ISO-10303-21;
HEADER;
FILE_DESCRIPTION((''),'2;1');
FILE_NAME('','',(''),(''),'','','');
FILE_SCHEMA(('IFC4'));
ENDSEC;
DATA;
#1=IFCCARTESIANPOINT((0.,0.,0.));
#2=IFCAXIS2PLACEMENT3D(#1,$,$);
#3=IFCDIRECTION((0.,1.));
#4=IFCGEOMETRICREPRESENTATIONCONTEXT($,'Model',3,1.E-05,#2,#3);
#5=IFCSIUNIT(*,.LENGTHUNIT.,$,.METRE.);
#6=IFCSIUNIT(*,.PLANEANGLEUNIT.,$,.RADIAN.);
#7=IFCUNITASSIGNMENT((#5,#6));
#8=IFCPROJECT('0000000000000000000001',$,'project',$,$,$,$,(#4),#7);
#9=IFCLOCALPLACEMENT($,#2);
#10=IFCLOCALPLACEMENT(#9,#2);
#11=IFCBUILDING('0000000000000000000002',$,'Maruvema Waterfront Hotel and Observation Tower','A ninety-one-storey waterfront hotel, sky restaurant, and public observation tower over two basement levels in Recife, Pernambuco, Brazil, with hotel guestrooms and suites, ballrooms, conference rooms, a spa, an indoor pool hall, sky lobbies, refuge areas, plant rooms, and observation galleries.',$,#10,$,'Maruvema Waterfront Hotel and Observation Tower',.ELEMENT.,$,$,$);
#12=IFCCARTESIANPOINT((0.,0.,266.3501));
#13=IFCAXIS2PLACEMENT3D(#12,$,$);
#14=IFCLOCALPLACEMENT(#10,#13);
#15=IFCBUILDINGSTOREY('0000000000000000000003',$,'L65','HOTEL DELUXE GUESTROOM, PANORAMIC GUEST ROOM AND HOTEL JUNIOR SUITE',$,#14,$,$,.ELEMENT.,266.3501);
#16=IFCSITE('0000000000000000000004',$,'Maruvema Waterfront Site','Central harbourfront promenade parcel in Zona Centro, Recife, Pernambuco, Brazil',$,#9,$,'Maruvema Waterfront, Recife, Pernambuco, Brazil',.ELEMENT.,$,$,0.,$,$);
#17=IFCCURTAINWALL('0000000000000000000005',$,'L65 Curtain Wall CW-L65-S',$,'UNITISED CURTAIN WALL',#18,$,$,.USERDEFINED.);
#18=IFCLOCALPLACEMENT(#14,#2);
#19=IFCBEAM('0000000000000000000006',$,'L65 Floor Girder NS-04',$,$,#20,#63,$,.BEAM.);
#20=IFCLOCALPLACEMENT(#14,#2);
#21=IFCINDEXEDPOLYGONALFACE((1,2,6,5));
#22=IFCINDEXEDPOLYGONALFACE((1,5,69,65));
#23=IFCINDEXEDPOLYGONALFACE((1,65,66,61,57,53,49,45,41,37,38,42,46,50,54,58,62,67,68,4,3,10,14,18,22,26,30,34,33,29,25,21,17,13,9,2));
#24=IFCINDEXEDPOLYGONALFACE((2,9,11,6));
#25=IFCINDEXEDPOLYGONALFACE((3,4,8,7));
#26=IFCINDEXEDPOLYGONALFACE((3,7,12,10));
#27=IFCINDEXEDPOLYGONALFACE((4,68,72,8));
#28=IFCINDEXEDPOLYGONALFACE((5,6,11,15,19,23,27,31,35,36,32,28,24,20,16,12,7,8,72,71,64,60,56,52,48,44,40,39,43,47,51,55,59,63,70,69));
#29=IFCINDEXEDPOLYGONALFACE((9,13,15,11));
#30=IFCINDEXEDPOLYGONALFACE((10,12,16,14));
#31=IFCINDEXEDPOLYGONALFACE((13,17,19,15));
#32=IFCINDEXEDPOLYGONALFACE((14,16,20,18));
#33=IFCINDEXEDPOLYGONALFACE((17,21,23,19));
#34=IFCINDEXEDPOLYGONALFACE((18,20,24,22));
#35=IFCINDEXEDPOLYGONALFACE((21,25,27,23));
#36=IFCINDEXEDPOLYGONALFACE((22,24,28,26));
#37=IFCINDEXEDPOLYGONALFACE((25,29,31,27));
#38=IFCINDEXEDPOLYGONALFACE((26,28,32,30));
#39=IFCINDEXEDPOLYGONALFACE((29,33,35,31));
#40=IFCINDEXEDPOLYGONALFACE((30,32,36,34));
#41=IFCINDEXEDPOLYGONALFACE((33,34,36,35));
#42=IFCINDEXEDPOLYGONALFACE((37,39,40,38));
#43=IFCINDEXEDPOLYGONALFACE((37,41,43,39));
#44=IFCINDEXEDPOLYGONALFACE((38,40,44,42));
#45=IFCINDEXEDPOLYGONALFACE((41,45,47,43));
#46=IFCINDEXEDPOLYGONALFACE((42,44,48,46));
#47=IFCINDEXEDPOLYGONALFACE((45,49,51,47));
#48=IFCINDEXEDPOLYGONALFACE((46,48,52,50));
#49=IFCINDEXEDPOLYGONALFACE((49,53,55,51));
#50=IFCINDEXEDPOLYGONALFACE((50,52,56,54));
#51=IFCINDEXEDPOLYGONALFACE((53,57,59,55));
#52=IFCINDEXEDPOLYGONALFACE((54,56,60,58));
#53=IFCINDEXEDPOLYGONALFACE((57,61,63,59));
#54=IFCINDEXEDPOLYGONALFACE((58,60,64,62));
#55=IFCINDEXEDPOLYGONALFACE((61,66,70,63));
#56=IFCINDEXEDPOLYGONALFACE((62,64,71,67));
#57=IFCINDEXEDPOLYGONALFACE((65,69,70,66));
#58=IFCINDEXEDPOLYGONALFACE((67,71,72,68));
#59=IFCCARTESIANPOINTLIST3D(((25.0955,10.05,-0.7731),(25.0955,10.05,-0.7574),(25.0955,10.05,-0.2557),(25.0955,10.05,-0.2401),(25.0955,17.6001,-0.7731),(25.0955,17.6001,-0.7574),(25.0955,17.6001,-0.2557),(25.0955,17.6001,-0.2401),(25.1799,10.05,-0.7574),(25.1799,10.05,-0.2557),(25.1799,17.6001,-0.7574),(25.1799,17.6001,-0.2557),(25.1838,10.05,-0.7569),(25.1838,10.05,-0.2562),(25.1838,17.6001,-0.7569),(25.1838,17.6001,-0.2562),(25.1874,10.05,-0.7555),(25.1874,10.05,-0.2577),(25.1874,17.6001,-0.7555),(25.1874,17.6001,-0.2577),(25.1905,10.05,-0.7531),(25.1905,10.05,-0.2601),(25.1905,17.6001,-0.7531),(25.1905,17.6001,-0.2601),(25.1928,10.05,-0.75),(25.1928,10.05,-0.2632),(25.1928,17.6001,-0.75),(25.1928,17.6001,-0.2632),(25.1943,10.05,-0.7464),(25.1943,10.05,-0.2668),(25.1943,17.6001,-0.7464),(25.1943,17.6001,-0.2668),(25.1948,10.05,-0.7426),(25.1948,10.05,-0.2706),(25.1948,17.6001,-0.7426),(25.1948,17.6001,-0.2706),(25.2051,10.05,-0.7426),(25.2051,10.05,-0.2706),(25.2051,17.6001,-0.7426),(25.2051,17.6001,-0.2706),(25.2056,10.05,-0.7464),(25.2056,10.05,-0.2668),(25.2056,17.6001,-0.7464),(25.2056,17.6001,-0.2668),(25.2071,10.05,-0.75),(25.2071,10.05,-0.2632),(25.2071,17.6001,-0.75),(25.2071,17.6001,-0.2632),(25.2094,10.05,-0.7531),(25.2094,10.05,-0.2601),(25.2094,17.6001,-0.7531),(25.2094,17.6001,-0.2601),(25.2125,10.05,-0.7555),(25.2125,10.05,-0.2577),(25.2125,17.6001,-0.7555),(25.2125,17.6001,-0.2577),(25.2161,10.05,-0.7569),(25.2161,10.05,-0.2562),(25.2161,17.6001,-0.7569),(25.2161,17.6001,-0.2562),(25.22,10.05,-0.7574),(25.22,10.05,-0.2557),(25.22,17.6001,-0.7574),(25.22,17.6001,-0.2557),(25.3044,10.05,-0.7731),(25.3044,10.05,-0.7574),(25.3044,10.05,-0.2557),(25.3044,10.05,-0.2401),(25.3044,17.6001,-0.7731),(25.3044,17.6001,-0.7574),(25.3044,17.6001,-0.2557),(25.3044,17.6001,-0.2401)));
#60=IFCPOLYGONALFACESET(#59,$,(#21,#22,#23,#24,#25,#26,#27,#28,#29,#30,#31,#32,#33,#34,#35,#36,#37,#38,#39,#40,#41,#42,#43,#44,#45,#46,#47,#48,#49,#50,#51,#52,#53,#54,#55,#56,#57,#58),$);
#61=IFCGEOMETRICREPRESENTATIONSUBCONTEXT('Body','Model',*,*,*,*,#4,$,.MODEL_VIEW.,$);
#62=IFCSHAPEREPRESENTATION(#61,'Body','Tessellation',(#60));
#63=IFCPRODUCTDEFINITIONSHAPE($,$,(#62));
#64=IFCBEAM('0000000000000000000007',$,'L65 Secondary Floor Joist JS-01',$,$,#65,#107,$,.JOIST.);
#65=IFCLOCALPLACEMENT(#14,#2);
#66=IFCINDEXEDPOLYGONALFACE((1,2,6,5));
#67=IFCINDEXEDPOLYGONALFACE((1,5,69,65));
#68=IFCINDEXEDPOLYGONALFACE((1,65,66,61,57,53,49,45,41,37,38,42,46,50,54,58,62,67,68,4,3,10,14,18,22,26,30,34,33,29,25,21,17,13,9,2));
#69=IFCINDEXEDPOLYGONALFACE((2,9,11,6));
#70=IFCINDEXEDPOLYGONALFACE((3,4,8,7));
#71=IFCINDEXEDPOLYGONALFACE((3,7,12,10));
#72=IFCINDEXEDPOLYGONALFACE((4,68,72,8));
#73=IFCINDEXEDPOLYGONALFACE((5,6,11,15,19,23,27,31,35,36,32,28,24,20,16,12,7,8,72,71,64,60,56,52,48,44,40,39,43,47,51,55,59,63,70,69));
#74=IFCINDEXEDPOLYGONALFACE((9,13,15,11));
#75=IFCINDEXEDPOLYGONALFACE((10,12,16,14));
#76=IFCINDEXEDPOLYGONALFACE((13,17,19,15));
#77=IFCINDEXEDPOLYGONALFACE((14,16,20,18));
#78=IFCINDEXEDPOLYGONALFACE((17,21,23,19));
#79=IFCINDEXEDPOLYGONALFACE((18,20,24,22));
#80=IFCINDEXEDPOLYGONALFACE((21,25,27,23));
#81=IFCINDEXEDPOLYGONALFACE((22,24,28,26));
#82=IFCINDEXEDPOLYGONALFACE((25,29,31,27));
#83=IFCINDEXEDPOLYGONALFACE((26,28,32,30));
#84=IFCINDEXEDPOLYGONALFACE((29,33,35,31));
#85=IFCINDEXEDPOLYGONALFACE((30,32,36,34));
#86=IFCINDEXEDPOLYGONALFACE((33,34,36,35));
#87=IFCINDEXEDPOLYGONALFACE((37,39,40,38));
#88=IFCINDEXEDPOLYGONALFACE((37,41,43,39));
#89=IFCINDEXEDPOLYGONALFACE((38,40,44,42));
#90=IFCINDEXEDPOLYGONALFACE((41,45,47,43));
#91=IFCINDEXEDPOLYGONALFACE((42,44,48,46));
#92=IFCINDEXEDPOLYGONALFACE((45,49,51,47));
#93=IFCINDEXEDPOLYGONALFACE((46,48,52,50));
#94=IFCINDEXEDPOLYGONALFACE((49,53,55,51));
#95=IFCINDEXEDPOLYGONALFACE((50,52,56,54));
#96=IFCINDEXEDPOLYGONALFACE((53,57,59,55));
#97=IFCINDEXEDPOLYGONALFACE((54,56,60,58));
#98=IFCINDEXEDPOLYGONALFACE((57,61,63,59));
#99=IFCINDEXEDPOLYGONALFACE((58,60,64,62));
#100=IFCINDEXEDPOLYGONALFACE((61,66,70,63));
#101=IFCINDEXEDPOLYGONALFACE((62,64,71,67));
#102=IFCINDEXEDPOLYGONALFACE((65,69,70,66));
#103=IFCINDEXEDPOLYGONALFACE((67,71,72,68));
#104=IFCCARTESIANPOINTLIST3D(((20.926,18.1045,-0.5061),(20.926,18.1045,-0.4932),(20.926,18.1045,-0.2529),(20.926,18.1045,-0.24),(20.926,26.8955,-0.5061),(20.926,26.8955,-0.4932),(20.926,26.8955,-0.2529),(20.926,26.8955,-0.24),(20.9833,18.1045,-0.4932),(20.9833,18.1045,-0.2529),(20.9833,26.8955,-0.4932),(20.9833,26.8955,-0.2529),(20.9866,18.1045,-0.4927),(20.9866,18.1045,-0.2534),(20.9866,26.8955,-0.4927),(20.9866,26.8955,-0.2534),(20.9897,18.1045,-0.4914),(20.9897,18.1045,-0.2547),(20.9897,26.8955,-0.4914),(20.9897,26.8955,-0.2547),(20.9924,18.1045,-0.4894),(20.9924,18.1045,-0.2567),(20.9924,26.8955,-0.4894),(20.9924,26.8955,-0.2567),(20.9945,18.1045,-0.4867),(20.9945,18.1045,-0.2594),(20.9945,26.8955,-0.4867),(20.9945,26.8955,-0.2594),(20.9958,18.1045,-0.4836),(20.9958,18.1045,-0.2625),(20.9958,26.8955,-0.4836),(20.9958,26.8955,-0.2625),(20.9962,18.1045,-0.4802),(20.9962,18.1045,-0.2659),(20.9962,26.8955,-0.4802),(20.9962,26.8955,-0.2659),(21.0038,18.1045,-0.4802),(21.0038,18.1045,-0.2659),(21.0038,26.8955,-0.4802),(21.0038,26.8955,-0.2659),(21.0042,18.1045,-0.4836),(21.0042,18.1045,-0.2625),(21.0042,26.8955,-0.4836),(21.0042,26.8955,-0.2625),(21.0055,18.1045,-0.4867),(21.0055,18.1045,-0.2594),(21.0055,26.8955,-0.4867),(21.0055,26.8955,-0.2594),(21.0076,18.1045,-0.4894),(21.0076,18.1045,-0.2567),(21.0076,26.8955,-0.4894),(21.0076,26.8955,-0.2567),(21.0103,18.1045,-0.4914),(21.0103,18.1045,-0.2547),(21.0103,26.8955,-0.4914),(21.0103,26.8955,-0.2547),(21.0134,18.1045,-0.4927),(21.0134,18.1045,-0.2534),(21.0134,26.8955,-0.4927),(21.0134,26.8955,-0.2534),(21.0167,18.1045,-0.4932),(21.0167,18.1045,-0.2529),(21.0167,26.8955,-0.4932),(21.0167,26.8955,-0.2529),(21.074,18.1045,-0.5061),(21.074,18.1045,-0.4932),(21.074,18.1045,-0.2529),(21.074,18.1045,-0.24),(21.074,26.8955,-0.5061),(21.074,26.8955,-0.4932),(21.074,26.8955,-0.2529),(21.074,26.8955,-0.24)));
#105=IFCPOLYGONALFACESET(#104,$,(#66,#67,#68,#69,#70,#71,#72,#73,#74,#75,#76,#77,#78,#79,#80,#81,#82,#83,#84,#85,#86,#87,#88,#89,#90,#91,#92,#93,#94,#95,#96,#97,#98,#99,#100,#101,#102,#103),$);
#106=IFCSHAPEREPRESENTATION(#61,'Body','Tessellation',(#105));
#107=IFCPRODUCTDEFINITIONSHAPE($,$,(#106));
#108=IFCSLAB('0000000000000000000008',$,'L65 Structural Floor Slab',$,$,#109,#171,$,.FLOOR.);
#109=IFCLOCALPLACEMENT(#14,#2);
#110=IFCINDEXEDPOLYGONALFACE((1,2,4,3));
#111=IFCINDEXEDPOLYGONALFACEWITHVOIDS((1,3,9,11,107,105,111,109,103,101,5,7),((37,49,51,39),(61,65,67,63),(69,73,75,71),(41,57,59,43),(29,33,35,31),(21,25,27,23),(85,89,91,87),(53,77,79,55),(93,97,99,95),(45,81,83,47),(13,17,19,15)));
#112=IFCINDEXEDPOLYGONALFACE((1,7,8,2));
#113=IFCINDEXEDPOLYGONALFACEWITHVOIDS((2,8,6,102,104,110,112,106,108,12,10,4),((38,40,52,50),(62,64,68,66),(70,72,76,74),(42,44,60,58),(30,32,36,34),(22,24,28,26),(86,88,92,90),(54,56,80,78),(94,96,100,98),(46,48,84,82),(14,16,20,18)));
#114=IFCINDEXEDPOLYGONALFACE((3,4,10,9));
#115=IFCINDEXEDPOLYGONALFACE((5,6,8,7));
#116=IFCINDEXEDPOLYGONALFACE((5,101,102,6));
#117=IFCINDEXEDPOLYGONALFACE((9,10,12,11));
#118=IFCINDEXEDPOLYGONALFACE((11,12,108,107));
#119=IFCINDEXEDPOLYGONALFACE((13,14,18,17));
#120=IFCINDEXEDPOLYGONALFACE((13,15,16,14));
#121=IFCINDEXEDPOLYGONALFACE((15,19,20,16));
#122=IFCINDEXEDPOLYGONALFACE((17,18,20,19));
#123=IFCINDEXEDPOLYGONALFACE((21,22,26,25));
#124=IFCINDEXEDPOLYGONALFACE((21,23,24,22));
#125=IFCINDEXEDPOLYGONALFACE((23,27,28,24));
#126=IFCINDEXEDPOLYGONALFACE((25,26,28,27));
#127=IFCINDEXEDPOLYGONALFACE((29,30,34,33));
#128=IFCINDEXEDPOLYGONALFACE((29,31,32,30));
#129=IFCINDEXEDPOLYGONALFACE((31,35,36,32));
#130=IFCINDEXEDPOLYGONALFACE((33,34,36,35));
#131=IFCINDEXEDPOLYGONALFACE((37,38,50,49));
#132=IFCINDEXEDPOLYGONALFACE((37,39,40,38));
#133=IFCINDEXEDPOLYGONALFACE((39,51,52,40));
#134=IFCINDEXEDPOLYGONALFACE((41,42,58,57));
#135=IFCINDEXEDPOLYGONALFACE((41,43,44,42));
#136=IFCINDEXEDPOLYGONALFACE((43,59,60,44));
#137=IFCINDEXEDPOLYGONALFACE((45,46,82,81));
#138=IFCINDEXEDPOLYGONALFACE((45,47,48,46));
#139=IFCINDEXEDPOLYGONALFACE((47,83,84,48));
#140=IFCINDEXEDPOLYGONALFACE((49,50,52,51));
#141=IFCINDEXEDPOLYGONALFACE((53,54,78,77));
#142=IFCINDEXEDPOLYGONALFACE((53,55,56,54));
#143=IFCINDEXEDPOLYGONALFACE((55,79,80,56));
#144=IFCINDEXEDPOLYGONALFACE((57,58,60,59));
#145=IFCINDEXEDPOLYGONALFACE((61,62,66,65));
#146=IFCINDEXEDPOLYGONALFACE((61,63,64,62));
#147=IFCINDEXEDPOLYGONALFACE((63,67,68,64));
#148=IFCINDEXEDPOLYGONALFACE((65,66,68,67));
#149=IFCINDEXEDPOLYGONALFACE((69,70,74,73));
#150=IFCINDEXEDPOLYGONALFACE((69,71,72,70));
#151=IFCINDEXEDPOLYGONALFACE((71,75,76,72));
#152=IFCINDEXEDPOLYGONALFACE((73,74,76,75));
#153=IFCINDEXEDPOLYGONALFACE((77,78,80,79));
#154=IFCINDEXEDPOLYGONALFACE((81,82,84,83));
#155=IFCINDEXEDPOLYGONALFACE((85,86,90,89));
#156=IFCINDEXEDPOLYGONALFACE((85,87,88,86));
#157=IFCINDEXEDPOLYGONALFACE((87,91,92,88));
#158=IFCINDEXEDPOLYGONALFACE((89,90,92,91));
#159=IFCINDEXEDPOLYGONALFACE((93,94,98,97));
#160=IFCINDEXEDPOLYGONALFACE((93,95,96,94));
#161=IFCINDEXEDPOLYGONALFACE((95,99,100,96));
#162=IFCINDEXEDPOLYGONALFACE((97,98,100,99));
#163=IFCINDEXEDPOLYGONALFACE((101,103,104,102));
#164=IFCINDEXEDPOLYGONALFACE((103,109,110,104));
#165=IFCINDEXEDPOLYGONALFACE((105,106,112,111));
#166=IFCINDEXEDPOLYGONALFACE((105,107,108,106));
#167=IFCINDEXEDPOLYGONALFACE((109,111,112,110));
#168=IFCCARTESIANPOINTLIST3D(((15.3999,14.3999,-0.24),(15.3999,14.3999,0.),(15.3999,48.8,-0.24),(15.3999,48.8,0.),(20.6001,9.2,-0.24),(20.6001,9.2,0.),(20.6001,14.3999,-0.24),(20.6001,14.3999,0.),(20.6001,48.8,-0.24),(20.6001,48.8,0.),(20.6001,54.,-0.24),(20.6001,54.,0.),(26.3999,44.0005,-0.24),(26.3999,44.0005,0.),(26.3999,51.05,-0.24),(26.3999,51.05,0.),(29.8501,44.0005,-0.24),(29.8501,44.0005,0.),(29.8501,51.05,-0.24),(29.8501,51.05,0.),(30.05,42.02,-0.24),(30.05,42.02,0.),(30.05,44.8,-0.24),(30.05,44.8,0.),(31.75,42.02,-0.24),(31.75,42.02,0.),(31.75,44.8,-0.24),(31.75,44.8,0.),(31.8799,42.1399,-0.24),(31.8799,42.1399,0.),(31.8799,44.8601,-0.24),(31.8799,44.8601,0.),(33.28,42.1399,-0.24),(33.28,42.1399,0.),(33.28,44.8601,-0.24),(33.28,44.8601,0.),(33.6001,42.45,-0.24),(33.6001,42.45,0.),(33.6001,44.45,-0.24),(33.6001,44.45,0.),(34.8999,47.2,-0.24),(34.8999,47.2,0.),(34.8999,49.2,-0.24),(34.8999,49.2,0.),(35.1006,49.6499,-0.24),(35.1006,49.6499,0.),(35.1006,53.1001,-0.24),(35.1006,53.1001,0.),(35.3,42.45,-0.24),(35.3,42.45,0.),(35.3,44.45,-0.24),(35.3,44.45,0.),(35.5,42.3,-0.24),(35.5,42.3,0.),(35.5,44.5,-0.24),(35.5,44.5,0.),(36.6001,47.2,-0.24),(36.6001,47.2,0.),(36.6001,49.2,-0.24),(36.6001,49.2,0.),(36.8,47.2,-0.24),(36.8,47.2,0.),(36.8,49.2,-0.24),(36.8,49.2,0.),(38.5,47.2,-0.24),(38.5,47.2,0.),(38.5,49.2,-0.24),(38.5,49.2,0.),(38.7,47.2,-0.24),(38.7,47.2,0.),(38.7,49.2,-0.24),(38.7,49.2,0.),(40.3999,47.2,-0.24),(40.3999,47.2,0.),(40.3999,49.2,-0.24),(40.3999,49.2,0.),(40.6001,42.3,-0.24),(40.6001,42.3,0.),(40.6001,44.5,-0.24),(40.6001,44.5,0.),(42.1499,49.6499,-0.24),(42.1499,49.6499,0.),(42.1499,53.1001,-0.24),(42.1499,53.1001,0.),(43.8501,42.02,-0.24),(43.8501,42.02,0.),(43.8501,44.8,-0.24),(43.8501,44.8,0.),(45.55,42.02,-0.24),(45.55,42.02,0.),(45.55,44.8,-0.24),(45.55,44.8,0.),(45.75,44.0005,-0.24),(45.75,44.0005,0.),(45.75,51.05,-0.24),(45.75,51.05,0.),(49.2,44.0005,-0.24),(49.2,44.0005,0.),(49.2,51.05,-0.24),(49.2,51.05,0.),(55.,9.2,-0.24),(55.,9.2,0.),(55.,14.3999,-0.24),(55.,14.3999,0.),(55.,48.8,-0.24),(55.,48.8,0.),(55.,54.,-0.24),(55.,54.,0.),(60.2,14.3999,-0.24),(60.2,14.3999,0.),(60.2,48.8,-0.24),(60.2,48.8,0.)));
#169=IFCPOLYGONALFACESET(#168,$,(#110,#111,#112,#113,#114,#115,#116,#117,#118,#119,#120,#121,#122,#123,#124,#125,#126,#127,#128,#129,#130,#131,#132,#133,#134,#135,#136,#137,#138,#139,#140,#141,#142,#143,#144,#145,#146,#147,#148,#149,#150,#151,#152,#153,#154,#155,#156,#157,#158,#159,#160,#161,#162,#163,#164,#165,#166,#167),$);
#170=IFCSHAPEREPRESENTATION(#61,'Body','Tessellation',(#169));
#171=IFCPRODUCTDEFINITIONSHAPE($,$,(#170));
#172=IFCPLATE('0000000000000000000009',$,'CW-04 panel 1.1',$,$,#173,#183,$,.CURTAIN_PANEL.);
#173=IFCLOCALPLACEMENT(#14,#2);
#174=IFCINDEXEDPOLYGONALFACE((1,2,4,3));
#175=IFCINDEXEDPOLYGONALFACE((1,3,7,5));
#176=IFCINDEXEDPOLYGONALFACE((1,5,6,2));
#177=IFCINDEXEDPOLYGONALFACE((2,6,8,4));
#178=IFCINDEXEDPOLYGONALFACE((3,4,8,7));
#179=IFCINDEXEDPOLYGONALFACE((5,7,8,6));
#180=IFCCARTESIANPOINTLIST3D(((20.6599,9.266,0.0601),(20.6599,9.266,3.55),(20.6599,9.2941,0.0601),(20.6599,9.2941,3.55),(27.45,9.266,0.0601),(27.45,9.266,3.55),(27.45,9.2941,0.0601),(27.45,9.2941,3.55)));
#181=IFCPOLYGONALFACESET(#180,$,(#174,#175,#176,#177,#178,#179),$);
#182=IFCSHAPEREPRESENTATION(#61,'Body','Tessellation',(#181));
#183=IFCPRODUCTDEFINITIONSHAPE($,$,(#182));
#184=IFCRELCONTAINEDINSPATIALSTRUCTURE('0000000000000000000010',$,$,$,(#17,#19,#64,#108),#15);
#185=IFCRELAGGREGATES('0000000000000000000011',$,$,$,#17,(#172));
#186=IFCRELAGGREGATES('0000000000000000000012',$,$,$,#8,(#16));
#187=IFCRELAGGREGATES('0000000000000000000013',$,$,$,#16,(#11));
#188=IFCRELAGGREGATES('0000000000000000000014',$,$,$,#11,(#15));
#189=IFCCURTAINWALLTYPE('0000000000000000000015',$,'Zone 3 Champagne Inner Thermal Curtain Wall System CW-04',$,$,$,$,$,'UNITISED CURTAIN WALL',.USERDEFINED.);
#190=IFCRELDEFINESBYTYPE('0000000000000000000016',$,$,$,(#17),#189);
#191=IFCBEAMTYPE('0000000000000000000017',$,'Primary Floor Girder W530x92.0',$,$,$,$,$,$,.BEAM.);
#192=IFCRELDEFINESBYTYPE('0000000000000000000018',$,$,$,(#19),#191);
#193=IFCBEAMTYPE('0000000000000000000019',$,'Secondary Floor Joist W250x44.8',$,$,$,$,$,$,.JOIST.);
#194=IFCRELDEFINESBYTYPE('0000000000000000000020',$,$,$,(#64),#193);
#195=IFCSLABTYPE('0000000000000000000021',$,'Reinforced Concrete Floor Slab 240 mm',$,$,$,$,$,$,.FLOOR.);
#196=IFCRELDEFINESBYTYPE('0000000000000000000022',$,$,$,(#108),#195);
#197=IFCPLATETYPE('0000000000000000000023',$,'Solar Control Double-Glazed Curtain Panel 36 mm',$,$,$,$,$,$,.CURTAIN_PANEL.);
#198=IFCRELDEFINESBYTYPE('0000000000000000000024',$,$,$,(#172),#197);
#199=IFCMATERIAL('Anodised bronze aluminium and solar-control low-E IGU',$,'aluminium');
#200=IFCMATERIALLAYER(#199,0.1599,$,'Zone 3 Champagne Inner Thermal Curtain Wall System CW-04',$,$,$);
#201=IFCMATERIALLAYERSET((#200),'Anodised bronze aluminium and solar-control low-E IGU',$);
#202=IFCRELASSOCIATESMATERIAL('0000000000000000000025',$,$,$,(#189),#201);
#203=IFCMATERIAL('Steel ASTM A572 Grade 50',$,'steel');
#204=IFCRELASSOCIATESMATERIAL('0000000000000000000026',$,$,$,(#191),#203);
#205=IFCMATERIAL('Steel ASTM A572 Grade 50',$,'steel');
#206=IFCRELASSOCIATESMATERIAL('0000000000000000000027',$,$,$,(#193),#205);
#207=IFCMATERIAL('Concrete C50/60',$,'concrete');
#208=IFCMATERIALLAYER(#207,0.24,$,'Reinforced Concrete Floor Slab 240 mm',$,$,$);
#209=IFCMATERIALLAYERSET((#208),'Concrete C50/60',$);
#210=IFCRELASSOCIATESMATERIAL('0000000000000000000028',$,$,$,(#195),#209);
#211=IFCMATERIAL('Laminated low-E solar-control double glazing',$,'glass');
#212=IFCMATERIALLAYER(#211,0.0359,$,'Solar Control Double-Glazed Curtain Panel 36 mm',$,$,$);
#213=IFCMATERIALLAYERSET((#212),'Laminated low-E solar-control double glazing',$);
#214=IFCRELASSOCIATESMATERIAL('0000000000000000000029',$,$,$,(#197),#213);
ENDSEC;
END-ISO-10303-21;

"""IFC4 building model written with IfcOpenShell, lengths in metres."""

from ifc_helpers import new_model, si_unit, direction, frame, origin, origin_2d, place, context, subcontext, project, spatial, polyline, rectangle, i_section, outline, extrude, material, layer, layer_set, material_profile, profile_set, type_object, element, aggregate, save


model = new_model("IFC4")

# Units and contexts
model_context = context("Model", 3, precision=1e-05, world=origin(), true_north=direction((0.0, 1.0)))
body_context = subcontext(model_context, "Body", "Model", "MODEL_VIEW")
ifc_project = project(units=[si_unit("LENGTHUNIT", "METRE"), si_unit("PLANEANGLEUNIT", "RADIAN")], contexts=[model_context])

# Site, building, storey
site_placement = place(None, origin())
site = spatial("IfcSite", under=ifc_project, at=site_placement, Name="Maruvema Waterfront Site", Description="Central harbourfront promenade parcel in Zona Centro, Recife, Pernambuco, Brazil", LongName="Maruvema Waterfront, Recife, Pernambuco, Brazil", CompositionType="ELEMENT", RefElevation=0.0)
building_placement = place(site_placement, origin())
building = spatial("IfcBuilding", under=site, at=building_placement, Name="Maruvema Waterfront Hotel and Observation Tower", Description="A ninety-one-storey waterfront hotel, sky restaurant, and public observation tower over two basement levels in Recife, Pernambuco, Brazil, with hotel guestrooms and suites, ballrooms, conference rooms, a spa, an indoor pool hall, sky lobbies, refuge areas, plant rooms, and observation galleries.", LongName="Maruvema Waterfront Hotel and Observation Tower", CompositionType="ELEMENT")
storey_placement = place(building_placement, frame((0.0, 0.0, 266.3501)))
storey = spatial("IfcBuildingStorey", under=building, at=storey_placement, Name="L65", Description="HOTEL DELUXE GUESTROOM, PANORAMIC GUEST ROOM AND HOTEL JUNIOR SUITE", CompositionType="ELEMENT", Elevation=266.3501)

# Curtain wall
ifc_material_1 = material(Name="Anodised bronze aluminium and solar-control low-E IGU", Category="aluminium")
ifc_layer_1 = layer(ifc_material_1, 0.1599, Name="Zone 3 Champagne Inner Thermal Curtain Wall System CW-04")
ifc_layer_set_1 = layer_set([ifc_layer_1], Name="Anodised bronze aluminium and solar-control low-E IGU")
curtain_wall_type = type_object("IfcCurtainWallType", Name="Zone 3 Champagne Inner Thermal Curtain Wall System CW-04", ElementType="UNITISED CURTAIN WALL", PredefinedType="USERDEFINED", material=ifc_layer_set_1)
curtain_wall_1_placement = place(storey_placement, origin())
curtain_wall_1 = element("IfcCurtainWall", 1, at=curtain_wall_1_placement, inside=storey, type_object=curtain_wall_type, Name="L65 Curtain Wall CW-L65-S", ObjectType="UNITISED CURTAIN WALL", PredefinedType="USERDEFINED")

# Beams
ifc_material_2 = material(Name="Steel ASTM A572 Grade 50", Category="steel")
ifc_material_profile_1 = material_profile(ifc_material_2, i_section(OverallWidth=0.209, OverallDepth=0.533, WebThickness=0.0103, FlangeThickness=0.0156, FilletRadius=0.0149, at=origin_2d()), Name="W530x92.0")
ifc_profile_set_1 = profile_set([ifc_material_profile_1], Name="Steel ASTM A572 Grade 50")
beam_type_1 = type_object("IfcBeamType", Name="Primary Floor Girder W530x92.0", PredefinedType="BEAM", material=ifc_profile_set_1)
beam_1_placement = place(storey_placement, frame((25.2, 10.05, -0.5066), z_axis=(0.0, 1.0, 0.0), x_axis=(-1.0, 0.0, 0.0)))
element("IfcBeam", 2, at=beam_1_placement, inside=storey, type_object=beam_type_1, Name="L65 Floor Girder NS-04", PredefinedType="BEAM", context=body_context, shape_type="SweptSolid", body=[
    extrude(i_section(OverallWidth=0.209, OverallDepth=0.533, WebThickness=0.0103, FlangeThickness=0.0156, FilletRadius=0.0149, at=origin_2d()), origin(), (0.0, 0.0, 1.0), 7.55),
])
ifc_material_3 = material(Name="Steel ASTM A572 Grade 50", Category="steel")
ifc_material_profile_2 = material_profile(ifc_material_3, i_section(OverallWidth=0.1479, OverallDepth=0.2661, WebThickness=0.0076, FlangeThickness=0.0129, FilletRadius=0.0129, at=origin_2d()), Name="W250x44.8")
ifc_profile_set_2 = profile_set([ifc_material_profile_2], Name="Steel ASTM A572 Grade 50")
beam_type_2 = type_object("IfcBeamType", Name="Secondary Floor Joist W250x44.8", PredefinedType="JOIST", material=ifc_profile_set_2)
beam_2_placement = place(storey_placement, frame((21.0, 18.1045, -0.373), z_axis=(0.0, 1.0, 0.0), x_axis=(-1.0, 0.0, 0.0)))
element("IfcBeam", 3, at=beam_2_placement, inside=storey, type_object=beam_type_2, Name="L65 Secondary Floor Joist JS-01", PredefinedType="JOIST", context=body_context, shape_type="SweptSolid", body=[
    extrude(i_section(OverallWidth=0.1479, OverallDepth=0.2661, WebThickness=0.0076, FlangeThickness=0.0129, FilletRadius=0.0129, at=origin_2d()), origin(), (0.0, 0.0, 1.0), 8.791),
])

# Slab
ifc_material_4 = material(Name="Concrete C50/60", Category="concrete")
ifc_layer_2 = layer(ifc_material_4, 0.24, Name="Reinforced Concrete Floor Slab 240 mm")
ifc_layer_set_2 = layer_set([ifc_layer_2], Name="Concrete C50/60")
slab_type_1 = type_object("IfcSlabType", Name="Reinforced Concrete Floor Slab 240 mm", PredefinedType="FLOOR", material=ifc_layer_set_2)
slab_1_placement = place(storey_placement, frame((0.0, 0.0, -0.24)))
element("IfcSlab", 4, at=slab_1_placement, inside=storey, type_object=slab_type_1, Name="L65 Structural Floor Slab", PredefinedType="FLOOR", context=body_context, shape_type="SweptSolid", body=[
    extrude(outline(polyline([(20.6001, 9.2), (55.0, 9.2), (55.0, 14.3999), (60.2, 14.3999), (60.2, 48.8), (55.0, 48.8), (55.0, 54.0), (20.6001, 54.0), (20.6001, 48.8), (15.3999, 48.8), (15.3999, 14.3999), (20.6001, 14.3999), (20.6001, 9.2)]), holes=[polyline([(26.3999, 44.0005), (26.3999, 51.05), (29.8501, 51.05), (29.8501, 44.0005), (26.3999, 44.0005)]), polyline([(30.05, 44.8), (31.75, 44.8), (31.75, 42.02), (30.05, 42.02), (30.05, 44.8)]), polyline([(31.8799, 42.1399), (31.8799, 44.8601), (33.28, 44.8601), (33.28, 42.1399), (31.8799, 42.1399)]), polyline([(33.6001, 44.45), (35.3, 44.45), (35.3, 42.45), (33.6001, 42.45), (33.6001, 44.45)]), polyline([(34.8999, 49.2), (36.6001, 49.2), (36.6001, 47.2), (34.8999, 47.2), (34.8999, 49.2)]), polyline([(36.8, 47.2), (36.8, 49.2), (38.5, 49.2), (38.5, 47.2), (36.8, 47.2)]), polyline([(35.5, 42.3), (35.5, 44.5), (40.6001, 44.5), (40.6001, 42.3), (35.5, 42.3)]), polyline([(35.1006, 53.1001), (42.1499, 53.1001), (42.1499, 49.6499), (35.1006, 49.6499), (35.1006, 53.1001)]), polyline([(38.7, 49.2), (40.3999, 49.2), (40.3999, 47.2), (38.7, 47.2), (38.7, 49.2)]), polyline([(43.8501, 44.8), (45.55, 44.8), (45.55, 42.02), (43.8501, 42.02), (43.8501, 44.8)]), polyline([(45.75, 44.0005), (45.75, 51.05), (49.2, 51.05), (49.2, 44.0005), (45.75, 44.0005)])]), origin(), (0.0, 0.0, 1.0), 0.24),
])

# Plate
ifc_material_5 = material(Name="Laminated low-E solar-control double glazing", Category="glass")
ifc_layer_3 = layer(ifc_material_5, 0.0359, Name="Solar Control Double-Glazed Curtain Panel 36 mm")
ifc_layer_set_3 = layer_set([ifc_layer_3], Name="Laminated low-E solar-control double glazing")
plate_type = type_object("IfcPlateType", Name="Solar Control Double-Glazed Curtain Panel 36 mm", PredefinedType="CURTAIN_PANEL", material=ifc_layer_set_3)
plate_1_placement = place(storey_placement, frame((24.0549, 9.28, 0.0601), z_axis=(0.0, 0.0, 1.0), x_axis=(1.0, 0.0, 0.0)))
plate_1 = element("IfcPlate", 5, at=plate_1_placement, type_object=plate_type, Name="CW-04 panel 1.1", PredefinedType="CURTAIN_PANEL", context=body_context, shape_type="SweptSolid", body=[
    extrude(rectangle(XDim=6.79, YDim=0.0281, at=origin_2d()), origin(), (0.0, 0.0, 1.0), 3.49),
])
aggregate(curtain_wall_1, [plate_1])

save(model, "model.ifc")
